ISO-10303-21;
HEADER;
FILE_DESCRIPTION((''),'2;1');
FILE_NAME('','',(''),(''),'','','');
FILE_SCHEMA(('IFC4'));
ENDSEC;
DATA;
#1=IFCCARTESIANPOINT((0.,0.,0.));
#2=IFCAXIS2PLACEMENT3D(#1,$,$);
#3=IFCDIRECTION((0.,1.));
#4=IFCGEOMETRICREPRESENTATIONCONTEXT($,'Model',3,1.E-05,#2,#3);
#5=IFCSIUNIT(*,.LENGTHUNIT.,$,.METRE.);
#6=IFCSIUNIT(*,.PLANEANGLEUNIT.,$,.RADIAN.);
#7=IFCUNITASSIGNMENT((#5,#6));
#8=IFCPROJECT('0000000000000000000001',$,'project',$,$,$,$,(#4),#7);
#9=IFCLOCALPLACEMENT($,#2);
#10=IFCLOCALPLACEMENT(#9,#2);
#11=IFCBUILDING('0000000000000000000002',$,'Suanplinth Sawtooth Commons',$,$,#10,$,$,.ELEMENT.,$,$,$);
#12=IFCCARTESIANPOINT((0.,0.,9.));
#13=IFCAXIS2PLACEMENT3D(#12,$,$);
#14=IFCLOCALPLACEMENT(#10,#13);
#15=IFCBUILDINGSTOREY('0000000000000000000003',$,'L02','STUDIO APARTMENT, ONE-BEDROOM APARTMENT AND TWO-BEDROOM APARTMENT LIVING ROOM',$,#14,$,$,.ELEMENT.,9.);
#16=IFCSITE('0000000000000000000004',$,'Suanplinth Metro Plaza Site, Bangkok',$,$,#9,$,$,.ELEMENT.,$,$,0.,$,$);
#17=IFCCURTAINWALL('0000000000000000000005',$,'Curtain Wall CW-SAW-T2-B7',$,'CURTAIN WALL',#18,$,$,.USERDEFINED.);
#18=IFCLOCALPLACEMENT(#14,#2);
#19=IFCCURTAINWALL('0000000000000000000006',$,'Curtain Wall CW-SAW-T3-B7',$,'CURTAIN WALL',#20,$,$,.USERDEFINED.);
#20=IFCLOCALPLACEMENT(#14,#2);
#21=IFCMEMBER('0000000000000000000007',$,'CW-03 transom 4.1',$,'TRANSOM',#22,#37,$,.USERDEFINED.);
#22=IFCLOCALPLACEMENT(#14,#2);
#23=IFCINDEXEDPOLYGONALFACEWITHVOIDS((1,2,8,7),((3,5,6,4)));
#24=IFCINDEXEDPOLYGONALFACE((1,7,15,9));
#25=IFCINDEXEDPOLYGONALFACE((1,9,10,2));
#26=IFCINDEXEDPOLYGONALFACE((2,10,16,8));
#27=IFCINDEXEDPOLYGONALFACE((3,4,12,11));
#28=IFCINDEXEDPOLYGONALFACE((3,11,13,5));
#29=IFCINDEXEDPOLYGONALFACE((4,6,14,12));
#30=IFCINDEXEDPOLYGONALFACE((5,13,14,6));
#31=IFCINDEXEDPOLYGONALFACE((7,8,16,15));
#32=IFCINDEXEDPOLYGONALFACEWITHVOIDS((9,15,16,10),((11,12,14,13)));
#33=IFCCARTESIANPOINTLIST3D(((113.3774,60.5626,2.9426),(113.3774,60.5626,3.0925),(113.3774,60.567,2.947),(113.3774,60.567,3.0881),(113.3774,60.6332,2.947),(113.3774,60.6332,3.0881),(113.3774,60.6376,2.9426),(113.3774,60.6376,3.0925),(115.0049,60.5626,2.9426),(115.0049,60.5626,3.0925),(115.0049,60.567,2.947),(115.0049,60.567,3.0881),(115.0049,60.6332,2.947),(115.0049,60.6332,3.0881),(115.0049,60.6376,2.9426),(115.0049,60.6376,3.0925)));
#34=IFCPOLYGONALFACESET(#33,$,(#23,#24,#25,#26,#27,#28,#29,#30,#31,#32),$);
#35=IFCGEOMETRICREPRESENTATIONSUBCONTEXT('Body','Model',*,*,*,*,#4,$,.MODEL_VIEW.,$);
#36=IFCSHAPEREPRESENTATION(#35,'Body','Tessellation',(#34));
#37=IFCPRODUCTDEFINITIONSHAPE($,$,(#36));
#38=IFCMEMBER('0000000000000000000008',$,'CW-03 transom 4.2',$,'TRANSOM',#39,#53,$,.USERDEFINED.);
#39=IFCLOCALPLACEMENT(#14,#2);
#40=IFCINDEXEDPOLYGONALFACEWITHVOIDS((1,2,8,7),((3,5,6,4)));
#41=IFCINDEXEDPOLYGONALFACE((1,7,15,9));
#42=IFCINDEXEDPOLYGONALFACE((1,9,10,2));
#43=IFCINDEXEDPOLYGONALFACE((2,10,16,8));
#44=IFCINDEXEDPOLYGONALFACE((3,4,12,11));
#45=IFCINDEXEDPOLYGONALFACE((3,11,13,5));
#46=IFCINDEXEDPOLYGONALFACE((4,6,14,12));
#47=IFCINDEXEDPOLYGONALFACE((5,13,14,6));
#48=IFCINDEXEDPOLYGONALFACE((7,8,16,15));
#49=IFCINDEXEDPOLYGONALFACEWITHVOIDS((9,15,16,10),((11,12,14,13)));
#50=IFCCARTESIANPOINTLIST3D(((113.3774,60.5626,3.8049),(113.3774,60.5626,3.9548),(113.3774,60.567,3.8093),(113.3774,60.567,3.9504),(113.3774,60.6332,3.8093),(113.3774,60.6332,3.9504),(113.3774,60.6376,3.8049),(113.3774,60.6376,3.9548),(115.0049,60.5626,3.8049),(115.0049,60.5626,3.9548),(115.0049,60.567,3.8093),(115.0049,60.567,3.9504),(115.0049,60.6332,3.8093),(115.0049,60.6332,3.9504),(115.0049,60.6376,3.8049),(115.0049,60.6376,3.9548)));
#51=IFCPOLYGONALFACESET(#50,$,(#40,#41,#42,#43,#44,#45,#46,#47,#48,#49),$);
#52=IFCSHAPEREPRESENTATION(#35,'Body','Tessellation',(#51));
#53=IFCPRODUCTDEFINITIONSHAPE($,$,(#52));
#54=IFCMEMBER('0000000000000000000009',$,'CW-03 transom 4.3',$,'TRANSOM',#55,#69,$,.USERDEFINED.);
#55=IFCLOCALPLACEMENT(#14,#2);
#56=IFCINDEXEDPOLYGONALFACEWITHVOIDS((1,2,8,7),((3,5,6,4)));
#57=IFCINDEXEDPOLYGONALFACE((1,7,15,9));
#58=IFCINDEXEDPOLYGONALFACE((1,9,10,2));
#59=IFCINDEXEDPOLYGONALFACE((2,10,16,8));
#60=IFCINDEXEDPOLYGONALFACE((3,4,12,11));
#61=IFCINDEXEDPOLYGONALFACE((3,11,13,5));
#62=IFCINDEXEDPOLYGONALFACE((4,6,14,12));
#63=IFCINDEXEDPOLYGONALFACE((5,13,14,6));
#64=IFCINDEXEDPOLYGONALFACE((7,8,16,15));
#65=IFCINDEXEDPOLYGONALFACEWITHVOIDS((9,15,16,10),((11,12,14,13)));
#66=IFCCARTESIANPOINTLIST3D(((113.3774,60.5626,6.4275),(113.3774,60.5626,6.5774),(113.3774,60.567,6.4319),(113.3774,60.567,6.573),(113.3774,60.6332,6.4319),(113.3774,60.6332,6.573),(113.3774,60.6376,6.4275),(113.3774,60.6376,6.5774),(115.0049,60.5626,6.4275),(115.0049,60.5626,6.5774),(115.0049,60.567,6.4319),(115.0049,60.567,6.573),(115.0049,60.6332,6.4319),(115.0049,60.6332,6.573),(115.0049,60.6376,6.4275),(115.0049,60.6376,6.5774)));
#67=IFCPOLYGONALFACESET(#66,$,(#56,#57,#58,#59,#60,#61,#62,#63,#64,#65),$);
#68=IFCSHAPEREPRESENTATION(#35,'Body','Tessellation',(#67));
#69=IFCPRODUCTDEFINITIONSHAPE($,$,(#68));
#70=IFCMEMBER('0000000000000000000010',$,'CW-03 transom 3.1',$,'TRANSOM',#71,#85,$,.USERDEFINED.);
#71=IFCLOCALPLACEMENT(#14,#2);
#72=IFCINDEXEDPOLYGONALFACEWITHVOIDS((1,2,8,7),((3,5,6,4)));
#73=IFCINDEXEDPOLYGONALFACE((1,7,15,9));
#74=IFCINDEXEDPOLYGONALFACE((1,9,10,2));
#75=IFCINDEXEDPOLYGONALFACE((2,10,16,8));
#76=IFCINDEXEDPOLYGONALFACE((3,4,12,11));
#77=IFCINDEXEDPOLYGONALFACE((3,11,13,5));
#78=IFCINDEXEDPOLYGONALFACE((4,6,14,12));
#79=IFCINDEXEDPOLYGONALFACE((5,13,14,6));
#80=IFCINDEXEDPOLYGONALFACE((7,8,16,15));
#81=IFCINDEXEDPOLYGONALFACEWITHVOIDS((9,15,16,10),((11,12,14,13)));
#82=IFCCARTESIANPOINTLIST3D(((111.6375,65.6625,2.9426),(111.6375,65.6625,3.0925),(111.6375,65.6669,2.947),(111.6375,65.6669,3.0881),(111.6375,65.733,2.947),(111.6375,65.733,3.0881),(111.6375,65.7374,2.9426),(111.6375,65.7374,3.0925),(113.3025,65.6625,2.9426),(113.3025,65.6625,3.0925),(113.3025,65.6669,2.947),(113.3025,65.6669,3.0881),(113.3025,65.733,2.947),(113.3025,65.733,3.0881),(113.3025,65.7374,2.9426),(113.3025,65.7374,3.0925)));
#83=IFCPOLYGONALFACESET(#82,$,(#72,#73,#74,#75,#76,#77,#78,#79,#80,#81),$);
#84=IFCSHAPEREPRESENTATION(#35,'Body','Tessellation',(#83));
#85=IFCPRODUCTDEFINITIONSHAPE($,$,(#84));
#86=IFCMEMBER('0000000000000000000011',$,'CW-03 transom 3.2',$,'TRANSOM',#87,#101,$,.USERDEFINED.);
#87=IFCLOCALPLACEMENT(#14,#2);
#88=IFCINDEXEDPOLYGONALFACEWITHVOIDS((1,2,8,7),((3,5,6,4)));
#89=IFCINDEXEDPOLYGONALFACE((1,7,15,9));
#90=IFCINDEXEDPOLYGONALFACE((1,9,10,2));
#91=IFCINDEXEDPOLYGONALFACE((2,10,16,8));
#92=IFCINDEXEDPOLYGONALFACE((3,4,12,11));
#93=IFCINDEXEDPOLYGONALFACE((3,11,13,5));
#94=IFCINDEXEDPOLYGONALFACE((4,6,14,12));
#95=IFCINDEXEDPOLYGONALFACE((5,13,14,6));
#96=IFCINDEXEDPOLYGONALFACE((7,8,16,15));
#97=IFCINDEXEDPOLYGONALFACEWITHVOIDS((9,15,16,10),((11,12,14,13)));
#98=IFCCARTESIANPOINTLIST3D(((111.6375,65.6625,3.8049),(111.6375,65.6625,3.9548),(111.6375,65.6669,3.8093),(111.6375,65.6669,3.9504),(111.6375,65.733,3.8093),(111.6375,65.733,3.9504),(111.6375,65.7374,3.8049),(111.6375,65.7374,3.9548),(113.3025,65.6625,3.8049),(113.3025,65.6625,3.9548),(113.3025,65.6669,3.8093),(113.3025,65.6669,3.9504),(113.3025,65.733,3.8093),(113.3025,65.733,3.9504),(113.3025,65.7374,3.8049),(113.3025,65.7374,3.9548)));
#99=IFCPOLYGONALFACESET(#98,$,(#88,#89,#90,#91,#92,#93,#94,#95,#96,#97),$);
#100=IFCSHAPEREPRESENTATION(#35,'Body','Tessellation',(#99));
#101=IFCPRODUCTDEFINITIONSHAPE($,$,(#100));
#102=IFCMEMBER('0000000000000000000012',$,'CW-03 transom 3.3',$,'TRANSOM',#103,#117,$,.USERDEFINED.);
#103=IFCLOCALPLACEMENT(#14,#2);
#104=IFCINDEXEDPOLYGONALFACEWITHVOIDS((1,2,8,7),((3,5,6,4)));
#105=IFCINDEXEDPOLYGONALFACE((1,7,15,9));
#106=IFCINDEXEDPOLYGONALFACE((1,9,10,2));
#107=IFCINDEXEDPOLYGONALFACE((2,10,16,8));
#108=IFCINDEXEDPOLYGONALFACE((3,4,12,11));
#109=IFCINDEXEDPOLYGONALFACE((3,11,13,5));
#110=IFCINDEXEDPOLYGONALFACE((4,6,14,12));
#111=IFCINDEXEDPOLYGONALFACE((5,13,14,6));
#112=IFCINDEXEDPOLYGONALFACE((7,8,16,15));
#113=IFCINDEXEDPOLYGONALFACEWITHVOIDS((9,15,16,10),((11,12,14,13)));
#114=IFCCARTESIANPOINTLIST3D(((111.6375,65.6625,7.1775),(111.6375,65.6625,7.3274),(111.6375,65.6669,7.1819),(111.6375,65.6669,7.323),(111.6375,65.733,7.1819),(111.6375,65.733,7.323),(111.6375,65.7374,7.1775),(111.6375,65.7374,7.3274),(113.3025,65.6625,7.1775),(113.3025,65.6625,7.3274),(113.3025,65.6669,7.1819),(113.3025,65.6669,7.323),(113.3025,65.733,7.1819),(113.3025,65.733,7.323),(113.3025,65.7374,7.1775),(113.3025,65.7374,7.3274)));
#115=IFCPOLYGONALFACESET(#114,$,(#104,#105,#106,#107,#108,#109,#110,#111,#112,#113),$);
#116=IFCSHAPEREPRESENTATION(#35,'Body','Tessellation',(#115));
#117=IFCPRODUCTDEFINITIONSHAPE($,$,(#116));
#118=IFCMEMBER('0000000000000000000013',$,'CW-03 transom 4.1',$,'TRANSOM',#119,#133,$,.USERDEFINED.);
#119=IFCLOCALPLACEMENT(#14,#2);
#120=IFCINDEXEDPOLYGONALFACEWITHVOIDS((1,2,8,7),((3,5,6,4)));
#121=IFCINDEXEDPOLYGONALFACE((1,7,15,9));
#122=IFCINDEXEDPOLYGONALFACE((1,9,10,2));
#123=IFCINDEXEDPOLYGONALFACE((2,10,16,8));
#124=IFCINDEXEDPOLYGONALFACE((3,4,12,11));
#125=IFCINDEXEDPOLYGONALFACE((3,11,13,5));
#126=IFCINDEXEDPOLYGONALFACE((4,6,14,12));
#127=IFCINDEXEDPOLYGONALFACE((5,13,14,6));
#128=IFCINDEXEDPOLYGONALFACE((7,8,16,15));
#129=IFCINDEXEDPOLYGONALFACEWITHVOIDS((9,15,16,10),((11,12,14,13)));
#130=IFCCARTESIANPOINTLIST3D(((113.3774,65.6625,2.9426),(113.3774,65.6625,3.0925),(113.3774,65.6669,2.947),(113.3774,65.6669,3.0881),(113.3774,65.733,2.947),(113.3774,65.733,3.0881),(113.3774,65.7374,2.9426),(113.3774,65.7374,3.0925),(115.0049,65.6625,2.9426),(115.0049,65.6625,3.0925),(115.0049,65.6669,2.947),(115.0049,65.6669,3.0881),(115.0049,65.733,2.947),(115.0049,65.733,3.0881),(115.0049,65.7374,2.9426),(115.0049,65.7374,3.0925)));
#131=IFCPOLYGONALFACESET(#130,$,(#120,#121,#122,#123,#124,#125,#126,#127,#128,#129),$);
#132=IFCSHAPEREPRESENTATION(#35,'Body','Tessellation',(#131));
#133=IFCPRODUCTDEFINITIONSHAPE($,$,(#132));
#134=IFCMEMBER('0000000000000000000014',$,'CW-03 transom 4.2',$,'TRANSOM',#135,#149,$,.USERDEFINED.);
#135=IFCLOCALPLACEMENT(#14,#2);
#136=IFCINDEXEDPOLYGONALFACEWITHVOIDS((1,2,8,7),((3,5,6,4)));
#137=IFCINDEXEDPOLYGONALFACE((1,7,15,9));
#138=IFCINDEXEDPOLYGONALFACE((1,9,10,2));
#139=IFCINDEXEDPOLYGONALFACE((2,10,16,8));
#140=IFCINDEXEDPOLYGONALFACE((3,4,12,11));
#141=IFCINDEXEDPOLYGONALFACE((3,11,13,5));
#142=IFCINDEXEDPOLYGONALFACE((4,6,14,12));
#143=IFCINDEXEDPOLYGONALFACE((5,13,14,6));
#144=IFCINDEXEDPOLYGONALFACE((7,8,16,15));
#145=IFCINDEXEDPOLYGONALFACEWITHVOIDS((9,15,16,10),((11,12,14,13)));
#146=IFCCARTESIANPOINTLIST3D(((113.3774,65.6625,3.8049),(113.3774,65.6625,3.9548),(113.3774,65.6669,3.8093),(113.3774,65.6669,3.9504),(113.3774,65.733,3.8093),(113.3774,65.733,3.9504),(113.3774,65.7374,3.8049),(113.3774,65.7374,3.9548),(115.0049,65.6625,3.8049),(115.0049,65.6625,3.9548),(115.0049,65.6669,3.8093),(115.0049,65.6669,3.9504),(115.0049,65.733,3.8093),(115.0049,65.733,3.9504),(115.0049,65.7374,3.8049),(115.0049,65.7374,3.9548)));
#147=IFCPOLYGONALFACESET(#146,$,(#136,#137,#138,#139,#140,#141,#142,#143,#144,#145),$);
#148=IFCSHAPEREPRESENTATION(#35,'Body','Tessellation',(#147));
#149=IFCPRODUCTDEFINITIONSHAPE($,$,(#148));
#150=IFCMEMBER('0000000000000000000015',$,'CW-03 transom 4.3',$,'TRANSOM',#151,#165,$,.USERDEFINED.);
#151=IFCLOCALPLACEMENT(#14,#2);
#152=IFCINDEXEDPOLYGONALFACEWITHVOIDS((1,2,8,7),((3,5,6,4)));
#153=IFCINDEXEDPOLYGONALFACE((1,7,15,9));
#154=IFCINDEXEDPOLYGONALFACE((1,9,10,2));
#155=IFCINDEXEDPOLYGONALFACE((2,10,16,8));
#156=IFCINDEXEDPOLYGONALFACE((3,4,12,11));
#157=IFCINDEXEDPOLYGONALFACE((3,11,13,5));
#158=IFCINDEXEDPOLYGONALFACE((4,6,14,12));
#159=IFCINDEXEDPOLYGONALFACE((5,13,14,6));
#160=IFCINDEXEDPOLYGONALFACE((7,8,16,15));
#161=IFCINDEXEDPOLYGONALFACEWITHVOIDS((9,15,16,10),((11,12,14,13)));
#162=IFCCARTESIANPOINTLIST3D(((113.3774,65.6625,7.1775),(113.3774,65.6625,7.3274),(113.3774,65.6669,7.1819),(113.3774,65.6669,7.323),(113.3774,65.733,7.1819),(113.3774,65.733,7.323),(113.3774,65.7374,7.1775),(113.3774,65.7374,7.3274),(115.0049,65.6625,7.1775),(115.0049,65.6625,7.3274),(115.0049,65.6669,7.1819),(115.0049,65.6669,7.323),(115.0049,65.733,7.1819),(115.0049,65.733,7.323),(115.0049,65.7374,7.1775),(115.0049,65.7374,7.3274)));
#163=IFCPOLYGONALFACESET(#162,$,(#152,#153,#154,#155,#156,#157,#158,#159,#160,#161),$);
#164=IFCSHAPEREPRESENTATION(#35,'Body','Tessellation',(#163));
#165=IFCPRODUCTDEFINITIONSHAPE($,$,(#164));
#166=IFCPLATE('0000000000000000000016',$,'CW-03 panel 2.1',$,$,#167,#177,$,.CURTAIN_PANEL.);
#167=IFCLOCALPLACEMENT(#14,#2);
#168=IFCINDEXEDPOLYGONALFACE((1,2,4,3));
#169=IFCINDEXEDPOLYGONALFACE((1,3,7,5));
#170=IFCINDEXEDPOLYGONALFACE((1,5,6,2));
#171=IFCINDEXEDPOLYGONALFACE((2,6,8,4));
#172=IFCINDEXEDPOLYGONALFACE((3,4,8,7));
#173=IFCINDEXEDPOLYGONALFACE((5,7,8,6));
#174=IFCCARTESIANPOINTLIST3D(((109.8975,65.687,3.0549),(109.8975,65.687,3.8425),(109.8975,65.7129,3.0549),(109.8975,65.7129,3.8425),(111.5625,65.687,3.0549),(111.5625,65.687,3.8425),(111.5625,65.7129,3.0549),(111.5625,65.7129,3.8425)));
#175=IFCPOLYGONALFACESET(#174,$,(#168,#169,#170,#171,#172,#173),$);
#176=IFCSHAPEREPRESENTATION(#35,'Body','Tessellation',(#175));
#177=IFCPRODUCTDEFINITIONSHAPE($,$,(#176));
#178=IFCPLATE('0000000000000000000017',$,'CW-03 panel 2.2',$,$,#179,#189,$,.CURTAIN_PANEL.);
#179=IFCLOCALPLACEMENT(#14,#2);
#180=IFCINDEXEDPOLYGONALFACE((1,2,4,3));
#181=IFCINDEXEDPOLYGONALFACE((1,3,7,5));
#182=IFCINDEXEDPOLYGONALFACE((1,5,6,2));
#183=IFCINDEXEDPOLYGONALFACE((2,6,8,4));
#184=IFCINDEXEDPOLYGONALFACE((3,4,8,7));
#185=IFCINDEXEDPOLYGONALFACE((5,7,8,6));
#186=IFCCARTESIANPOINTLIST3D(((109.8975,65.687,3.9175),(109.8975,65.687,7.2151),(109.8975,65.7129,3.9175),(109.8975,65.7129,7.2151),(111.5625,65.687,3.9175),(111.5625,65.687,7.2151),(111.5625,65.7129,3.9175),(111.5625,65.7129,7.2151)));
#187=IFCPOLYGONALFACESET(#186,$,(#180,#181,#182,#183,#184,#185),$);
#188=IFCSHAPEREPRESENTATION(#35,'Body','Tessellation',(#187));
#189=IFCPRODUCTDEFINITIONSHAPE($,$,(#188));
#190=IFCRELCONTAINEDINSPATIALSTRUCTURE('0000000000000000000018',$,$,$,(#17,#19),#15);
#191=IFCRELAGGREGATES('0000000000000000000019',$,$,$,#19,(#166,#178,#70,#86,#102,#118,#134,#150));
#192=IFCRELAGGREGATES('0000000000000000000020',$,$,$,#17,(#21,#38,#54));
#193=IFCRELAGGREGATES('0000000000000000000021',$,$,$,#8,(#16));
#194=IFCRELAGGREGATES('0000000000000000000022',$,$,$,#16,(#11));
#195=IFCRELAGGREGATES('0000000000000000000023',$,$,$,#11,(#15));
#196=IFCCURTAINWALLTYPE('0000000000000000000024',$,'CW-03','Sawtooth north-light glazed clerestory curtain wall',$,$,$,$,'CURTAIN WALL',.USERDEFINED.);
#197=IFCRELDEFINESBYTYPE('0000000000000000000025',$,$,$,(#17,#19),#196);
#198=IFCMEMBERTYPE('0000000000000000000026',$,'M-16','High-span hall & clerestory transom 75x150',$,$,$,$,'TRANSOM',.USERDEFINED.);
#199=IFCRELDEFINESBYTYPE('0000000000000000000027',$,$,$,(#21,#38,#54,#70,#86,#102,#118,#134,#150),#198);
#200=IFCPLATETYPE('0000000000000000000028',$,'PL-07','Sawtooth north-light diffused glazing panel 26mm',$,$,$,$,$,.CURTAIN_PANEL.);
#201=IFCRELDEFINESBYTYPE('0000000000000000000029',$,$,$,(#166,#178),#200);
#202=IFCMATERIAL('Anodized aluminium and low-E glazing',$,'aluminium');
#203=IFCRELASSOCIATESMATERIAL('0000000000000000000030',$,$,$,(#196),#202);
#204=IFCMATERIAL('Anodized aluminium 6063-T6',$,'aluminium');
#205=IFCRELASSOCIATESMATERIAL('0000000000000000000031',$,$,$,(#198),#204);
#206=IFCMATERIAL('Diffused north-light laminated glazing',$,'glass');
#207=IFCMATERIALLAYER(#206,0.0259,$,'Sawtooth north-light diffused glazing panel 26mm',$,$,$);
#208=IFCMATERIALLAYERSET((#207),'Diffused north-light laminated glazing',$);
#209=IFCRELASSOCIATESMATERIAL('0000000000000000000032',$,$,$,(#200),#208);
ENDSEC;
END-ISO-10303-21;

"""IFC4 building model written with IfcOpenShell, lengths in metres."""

from ifc_helpers import new_model, si_unit, direction, frame, origin, origin_2d, place, context, subcontext, project, spatial, rectangle, hollow_rectangle, extrude, material, layer, layer_set, material_profile, profile_set, type_object, element, aggregate, save


model = new_model("IFC4")

# Units and contexts
model_context = context("Model", 3, precision=1e-05, world=origin(), true_north=direction((0.0, 1.0)))
body_context = subcontext(model_context, "Body", "Model", "MODEL_VIEW")
ifc_project = project(units=[si_unit("LENGTHUNIT", "METRE"), si_unit("PLANEANGLEUNIT", "RADIAN")], contexts=[model_context])

# Site, building, storey
site_placement = place(None, origin())
site = spatial("IfcSite", under=ifc_project, at=site_placement, Name="Suanplinth Metro Plaza Site, Bangkok", CompositionType="ELEMENT", RefElevation=0.0)
building_placement = place(site_placement, origin())
building = spatial("IfcBuilding", under=site, at=building_placement, Name="Suanplinth Sawtooth Commons", CompositionType="ELEMENT")
storey_placement = place(building_placement, frame((0.0, 0.0, 9.0)))
storey = spatial("IfcBuildingStorey", under=building, at=storey_placement, Name="L02", Description="STUDIO APARTMENT, ONE-BEDROOM APARTMENT AND TWO-BEDROOM APARTMENT LIVING ROOM", CompositionType="ELEMENT", Elevation=9.0)

# Curtain walls
ifc_material_1 = material(Name="Anodized aluminium and low-E glazing", Category="aluminium")
curtain_wall_type = type_object("IfcCurtainWallType", Name="CW-03", Description="Sawtooth north-light glazed clerestory curtain wall", ElementType="CURTAIN WALL", PredefinedType="USERDEFINED", material=ifc_material_1)
curtain_wall_1_placement = place(storey_placement, origin())
curtain_wall_1 = element("IfcCurtainWall", 1, at=curtain_wall_1_placement, inside=storey, type_object=curtain_wall_type, Name="Curtain Wall CW-SAW-T2-B7", ObjectType="CURTAIN WALL", PredefinedType="USERDEFINED")
ifc_material_2 = material(Name="Anodized aluminium 6063-T6", Category="aluminium")
curtain_wall_2_placement = place(storey_placement, origin())
curtain_wall_2 = element("IfcCurtainWall", 2, at=curtain_wall_2_placement, inside=storey, type_object=curtain_wall_type, Name="Curtain Wall CW-SAW-T3-B7", ObjectType="CURTAIN WALL", PredefinedType="USERDEFINED")

# Members
ifc_material_profile_1 = material_profile(ifc_material_2, hollow_rectangle(XDim=0.075, YDim=0.1499, WallThickness=0.0044, at=origin_2d()), Name="ALU-TRN 75x150")
ifc_profile_set_1 = profile_set([ifc_material_profile_1], Name="Anodized aluminium 6063-T6")
member_type_1 = type_object("IfcMemberType", Name="M-16", Description="High-span hall & clerestory transom 75x150", ElementType="TRANSOM", PredefinedType="USERDEFINED", material=ifc_profile_set_1)
member_1_placement = place(storey_placement, frame((113.3774, 60.6001, 3.0176), z_axis=(1.0, 0.0, 0.0), x_axis=(0.0, 1.0, 0.0)))
member_1 = element("IfcMember", 3, at=member_1_placement, type_object=member_type_1, Name="CW-03 transom 4.1", ObjectType="TRANSOM", PredefinedType="USERDEFINED", context=body_context, shape_type="SweptSolid", body=[
    extrude(hollow_rectangle(XDim=0.075, YDim=0.1499, WallThickness=0.0044, at=origin_2d()), origin(), (0.0, 0.0, 1.0), 1.6274),
])
member_2_placement = place(storey_placement, frame((113.3774, 60.6001, 3.8799), z_axis=(1.0, 0.0, 0.0), x_axis=(0.0, 1.0, 0.0)))
member_2 = element("IfcMember", 4, at=member_2_placement, type_object=member_type_1, Name="CW-03 transom 4.2", ObjectType="TRANSOM", PredefinedType="USERDEFINED", context=body_context, shape_type="SweptSolid", body=[
    extrude(hollow_rectangle(XDim=0.075, YDim=0.1499, WallThickness=0.0044, at=origin_2d()), origin(), (0.0, 0.0, 1.0), 1.6274),
])
member_3_placement = place(storey_placement, frame((113.3774, 60.6001, 6.5024), z_axis=(1.0, 0.0, 0.0), x_axis=(0.0, 1.0, 0.0)))
member_3 = element("IfcMember", 5, at=member_3_placement, type_object=member_type_1, Name="CW-03 transom 4.3", ObjectType="TRANSOM", PredefinedType="USERDEFINED", context=body_context, shape_type="SweptSolid", body=[
    extrude(hollow_rectangle(XDim=0.075, YDim=0.1499, WallThickness=0.0044, at=origin_2d()), origin(), (0.0, 0.0, 1.0), 1.6274),
])
member_4_placement = place(storey_placement, frame((111.6375, 65.7, 3.0176), z_axis=(1.0, 0.0, 0.0), x_axis=(0.0, 1.0, 0.0)))
member_4 = element("IfcMember", 6, at=member_4_placement, type_object=member_type_1, Name="CW-03 transom 3.1", ObjectType="TRANSOM", PredefinedType="USERDEFINED", context=body_context, shape_type="SweptSolid", body=[
    extrude(hollow_rectangle(XDim=0.075, YDim=0.1499, WallThickness=0.0044, at=origin_2d()), origin(), (0.0, 0.0, 1.0), 1.665),
])
member_5_placement = place(storey_placement, frame((111.6375, 65.7, 3.8799), z_axis=(1.0, 0.0, 0.0), x_axis=(0.0, 1.0, 0.0)))
member_5 = element("IfcMember", 7, at=member_5_placement, type_object=member_type_1, Name="CW-03 transom 3.2", ObjectType="TRANSOM", PredefinedType="USERDEFINED", context=body_context, shape_type="SweptSolid", body=[
    extrude(hollow_rectangle(XDim=0.075, YDim=0.1499, WallThickness=0.0044, at=origin_2d()), origin(), (0.0, 0.0, 1.0), 1.665),
])
member_6_placement = place(storey_placement, frame((111.6375, 65.7, 7.2524), z_axis=(1.0, 0.0, 0.0), x_axis=(0.0, 1.0, 0.0)))
member_6 = element("IfcMember", 8, at=member_6_placement, type_object=member_type_1, Name="CW-03 transom 3.3", ObjectType="TRANSOM", PredefinedType="USERDEFINED", context=body_context, shape_type="SweptSolid", body=[
    extrude(hollow_rectangle(XDim=0.075, YDim=0.1499, WallThickness=0.0044, at=origin_2d()), origin(), (0.0, 0.0, 1.0), 1.665),
])
member_7_placement = place(storey_placement, frame((113.3774, 65.7, 3.0176), z_axis=(1.0, 0.0, 0.0), x_axis=(0.0, 1.0, 0.0)))
member_7 = element("IfcMember", 9, at=member_7_placement, type_object=member_type_1, Name="CW-03 transom 4.1", ObjectType="TRANSOM", PredefinedType="USERDEFINED", context=body_context, shape_type="SweptSolid", body=[
    extrude(hollow_rectangle(XDim=0.075, YDim=0.1499, WallThickness=0.0044, at=origin_2d()), origin(), (0.0, 0.0, 1.0), 1.6274),
])
member_8_placement = place(storey_placement, frame((113.3774, 65.7, 3.8799), z_axis=(1.0, 0.0, 0.0), x_axis=(0.0, 1.0, 0.0)))
member_8 = element("IfcMember", 10, at=member_8_placement, type_object=member_type_1, Name="CW-03 transom 4.2", ObjectType="TRANSOM", PredefinedType="USERDEFINED", context=body_context, shape_type="SweptSolid", body=[
    extrude(hollow_rectangle(XDim=0.075, YDim=0.1499, WallThickness=0.0044, at=origin_2d()), origin(), (0.0, 0.0, 1.0), 1.6274),
])
member_9_placement = place(storey_placement, frame((113.3774, 65.7, 7.2524), z_axis=(1.0, 0.0, 0.0), x_axis=(0.0, 1.0, 0.0)))
member_9 = element("IfcMember", 11, at=member_9_placement, type_object=member_type_1, Name="CW-03 transom 4.3", ObjectType="TRANSOM", PredefinedType="USERDEFINED", context=body_context, shape_type="SweptSolid", body=[
    extrude(hollow_rectangle(XDim=0.075, YDim=0.1499, WallThickness=0.0044, at=origin_2d()), origin(), (0.0, 0.0, 1.0), 1.6274),
])

# Plates
ifc_material_3 = material(Name="Diffused north-light laminated glazing", Category="glass")
ifc_layer_1 = layer(ifc_material_3, 0.0259, Name="Sawtooth north-light diffused glazing panel 26mm")
ifc_layer_set_1 = layer_set([ifc_layer_1], Name="Diffused north-light laminated glazing")
plate_type_1 = type_object("IfcPlateType", Name="PL-07", Description="Sawtooth north-light diffused glazing panel 26mm", PredefinedType="CURTAIN_PANEL", material=ifc_layer_set_1)
plate_1_placement = place(storey_placement, frame((110.73, 65.7, 3.0549), z_axis=(0.0, 0.0, 1.0), x_axis=(1.0, 0.0, 0.0)))
plate_1 = element("IfcPlate", 12, at=plate_1_placement, type_object=plate_type_1, Name="CW-03 panel 2.1", PredefinedType="CURTAIN_PANEL", context=body_context, shape_type="SweptSolid", body=[
    extrude(rectangle(XDim=1.665, YDim=0.0259, at=origin_2d()), origin(), (0.0, 0.0, 1.0), 0.7876),
])
plate_2_placement = place(storey_placement, frame((110.73, 65.7, 3.9175), z_axis=(0.0, 0.0, 1.0), x_axis=(1.0, 0.0, 0.0)))
plate_2 = element("IfcPlate", 13, at=plate_2_placement, type_object=plate_type_1, Name="CW-03 panel 2.2", PredefinedType="CURTAIN_PANEL", context=body_context, shape_type="SweptSolid", body=[
    extrude(rectangle(XDim=1.665, YDim=0.0259, at=origin_2d()), origin(), (0.0, 0.0, 1.0), 3.2976),
])
aggregate(curtain_wall_2, [plate_1, plate_2, member_4, member_5, member_6, member_7, member_8, member_9])
aggregate(curtain_wall_1, [member_1, member_2, member_3])

save(model, "model.ifc")
